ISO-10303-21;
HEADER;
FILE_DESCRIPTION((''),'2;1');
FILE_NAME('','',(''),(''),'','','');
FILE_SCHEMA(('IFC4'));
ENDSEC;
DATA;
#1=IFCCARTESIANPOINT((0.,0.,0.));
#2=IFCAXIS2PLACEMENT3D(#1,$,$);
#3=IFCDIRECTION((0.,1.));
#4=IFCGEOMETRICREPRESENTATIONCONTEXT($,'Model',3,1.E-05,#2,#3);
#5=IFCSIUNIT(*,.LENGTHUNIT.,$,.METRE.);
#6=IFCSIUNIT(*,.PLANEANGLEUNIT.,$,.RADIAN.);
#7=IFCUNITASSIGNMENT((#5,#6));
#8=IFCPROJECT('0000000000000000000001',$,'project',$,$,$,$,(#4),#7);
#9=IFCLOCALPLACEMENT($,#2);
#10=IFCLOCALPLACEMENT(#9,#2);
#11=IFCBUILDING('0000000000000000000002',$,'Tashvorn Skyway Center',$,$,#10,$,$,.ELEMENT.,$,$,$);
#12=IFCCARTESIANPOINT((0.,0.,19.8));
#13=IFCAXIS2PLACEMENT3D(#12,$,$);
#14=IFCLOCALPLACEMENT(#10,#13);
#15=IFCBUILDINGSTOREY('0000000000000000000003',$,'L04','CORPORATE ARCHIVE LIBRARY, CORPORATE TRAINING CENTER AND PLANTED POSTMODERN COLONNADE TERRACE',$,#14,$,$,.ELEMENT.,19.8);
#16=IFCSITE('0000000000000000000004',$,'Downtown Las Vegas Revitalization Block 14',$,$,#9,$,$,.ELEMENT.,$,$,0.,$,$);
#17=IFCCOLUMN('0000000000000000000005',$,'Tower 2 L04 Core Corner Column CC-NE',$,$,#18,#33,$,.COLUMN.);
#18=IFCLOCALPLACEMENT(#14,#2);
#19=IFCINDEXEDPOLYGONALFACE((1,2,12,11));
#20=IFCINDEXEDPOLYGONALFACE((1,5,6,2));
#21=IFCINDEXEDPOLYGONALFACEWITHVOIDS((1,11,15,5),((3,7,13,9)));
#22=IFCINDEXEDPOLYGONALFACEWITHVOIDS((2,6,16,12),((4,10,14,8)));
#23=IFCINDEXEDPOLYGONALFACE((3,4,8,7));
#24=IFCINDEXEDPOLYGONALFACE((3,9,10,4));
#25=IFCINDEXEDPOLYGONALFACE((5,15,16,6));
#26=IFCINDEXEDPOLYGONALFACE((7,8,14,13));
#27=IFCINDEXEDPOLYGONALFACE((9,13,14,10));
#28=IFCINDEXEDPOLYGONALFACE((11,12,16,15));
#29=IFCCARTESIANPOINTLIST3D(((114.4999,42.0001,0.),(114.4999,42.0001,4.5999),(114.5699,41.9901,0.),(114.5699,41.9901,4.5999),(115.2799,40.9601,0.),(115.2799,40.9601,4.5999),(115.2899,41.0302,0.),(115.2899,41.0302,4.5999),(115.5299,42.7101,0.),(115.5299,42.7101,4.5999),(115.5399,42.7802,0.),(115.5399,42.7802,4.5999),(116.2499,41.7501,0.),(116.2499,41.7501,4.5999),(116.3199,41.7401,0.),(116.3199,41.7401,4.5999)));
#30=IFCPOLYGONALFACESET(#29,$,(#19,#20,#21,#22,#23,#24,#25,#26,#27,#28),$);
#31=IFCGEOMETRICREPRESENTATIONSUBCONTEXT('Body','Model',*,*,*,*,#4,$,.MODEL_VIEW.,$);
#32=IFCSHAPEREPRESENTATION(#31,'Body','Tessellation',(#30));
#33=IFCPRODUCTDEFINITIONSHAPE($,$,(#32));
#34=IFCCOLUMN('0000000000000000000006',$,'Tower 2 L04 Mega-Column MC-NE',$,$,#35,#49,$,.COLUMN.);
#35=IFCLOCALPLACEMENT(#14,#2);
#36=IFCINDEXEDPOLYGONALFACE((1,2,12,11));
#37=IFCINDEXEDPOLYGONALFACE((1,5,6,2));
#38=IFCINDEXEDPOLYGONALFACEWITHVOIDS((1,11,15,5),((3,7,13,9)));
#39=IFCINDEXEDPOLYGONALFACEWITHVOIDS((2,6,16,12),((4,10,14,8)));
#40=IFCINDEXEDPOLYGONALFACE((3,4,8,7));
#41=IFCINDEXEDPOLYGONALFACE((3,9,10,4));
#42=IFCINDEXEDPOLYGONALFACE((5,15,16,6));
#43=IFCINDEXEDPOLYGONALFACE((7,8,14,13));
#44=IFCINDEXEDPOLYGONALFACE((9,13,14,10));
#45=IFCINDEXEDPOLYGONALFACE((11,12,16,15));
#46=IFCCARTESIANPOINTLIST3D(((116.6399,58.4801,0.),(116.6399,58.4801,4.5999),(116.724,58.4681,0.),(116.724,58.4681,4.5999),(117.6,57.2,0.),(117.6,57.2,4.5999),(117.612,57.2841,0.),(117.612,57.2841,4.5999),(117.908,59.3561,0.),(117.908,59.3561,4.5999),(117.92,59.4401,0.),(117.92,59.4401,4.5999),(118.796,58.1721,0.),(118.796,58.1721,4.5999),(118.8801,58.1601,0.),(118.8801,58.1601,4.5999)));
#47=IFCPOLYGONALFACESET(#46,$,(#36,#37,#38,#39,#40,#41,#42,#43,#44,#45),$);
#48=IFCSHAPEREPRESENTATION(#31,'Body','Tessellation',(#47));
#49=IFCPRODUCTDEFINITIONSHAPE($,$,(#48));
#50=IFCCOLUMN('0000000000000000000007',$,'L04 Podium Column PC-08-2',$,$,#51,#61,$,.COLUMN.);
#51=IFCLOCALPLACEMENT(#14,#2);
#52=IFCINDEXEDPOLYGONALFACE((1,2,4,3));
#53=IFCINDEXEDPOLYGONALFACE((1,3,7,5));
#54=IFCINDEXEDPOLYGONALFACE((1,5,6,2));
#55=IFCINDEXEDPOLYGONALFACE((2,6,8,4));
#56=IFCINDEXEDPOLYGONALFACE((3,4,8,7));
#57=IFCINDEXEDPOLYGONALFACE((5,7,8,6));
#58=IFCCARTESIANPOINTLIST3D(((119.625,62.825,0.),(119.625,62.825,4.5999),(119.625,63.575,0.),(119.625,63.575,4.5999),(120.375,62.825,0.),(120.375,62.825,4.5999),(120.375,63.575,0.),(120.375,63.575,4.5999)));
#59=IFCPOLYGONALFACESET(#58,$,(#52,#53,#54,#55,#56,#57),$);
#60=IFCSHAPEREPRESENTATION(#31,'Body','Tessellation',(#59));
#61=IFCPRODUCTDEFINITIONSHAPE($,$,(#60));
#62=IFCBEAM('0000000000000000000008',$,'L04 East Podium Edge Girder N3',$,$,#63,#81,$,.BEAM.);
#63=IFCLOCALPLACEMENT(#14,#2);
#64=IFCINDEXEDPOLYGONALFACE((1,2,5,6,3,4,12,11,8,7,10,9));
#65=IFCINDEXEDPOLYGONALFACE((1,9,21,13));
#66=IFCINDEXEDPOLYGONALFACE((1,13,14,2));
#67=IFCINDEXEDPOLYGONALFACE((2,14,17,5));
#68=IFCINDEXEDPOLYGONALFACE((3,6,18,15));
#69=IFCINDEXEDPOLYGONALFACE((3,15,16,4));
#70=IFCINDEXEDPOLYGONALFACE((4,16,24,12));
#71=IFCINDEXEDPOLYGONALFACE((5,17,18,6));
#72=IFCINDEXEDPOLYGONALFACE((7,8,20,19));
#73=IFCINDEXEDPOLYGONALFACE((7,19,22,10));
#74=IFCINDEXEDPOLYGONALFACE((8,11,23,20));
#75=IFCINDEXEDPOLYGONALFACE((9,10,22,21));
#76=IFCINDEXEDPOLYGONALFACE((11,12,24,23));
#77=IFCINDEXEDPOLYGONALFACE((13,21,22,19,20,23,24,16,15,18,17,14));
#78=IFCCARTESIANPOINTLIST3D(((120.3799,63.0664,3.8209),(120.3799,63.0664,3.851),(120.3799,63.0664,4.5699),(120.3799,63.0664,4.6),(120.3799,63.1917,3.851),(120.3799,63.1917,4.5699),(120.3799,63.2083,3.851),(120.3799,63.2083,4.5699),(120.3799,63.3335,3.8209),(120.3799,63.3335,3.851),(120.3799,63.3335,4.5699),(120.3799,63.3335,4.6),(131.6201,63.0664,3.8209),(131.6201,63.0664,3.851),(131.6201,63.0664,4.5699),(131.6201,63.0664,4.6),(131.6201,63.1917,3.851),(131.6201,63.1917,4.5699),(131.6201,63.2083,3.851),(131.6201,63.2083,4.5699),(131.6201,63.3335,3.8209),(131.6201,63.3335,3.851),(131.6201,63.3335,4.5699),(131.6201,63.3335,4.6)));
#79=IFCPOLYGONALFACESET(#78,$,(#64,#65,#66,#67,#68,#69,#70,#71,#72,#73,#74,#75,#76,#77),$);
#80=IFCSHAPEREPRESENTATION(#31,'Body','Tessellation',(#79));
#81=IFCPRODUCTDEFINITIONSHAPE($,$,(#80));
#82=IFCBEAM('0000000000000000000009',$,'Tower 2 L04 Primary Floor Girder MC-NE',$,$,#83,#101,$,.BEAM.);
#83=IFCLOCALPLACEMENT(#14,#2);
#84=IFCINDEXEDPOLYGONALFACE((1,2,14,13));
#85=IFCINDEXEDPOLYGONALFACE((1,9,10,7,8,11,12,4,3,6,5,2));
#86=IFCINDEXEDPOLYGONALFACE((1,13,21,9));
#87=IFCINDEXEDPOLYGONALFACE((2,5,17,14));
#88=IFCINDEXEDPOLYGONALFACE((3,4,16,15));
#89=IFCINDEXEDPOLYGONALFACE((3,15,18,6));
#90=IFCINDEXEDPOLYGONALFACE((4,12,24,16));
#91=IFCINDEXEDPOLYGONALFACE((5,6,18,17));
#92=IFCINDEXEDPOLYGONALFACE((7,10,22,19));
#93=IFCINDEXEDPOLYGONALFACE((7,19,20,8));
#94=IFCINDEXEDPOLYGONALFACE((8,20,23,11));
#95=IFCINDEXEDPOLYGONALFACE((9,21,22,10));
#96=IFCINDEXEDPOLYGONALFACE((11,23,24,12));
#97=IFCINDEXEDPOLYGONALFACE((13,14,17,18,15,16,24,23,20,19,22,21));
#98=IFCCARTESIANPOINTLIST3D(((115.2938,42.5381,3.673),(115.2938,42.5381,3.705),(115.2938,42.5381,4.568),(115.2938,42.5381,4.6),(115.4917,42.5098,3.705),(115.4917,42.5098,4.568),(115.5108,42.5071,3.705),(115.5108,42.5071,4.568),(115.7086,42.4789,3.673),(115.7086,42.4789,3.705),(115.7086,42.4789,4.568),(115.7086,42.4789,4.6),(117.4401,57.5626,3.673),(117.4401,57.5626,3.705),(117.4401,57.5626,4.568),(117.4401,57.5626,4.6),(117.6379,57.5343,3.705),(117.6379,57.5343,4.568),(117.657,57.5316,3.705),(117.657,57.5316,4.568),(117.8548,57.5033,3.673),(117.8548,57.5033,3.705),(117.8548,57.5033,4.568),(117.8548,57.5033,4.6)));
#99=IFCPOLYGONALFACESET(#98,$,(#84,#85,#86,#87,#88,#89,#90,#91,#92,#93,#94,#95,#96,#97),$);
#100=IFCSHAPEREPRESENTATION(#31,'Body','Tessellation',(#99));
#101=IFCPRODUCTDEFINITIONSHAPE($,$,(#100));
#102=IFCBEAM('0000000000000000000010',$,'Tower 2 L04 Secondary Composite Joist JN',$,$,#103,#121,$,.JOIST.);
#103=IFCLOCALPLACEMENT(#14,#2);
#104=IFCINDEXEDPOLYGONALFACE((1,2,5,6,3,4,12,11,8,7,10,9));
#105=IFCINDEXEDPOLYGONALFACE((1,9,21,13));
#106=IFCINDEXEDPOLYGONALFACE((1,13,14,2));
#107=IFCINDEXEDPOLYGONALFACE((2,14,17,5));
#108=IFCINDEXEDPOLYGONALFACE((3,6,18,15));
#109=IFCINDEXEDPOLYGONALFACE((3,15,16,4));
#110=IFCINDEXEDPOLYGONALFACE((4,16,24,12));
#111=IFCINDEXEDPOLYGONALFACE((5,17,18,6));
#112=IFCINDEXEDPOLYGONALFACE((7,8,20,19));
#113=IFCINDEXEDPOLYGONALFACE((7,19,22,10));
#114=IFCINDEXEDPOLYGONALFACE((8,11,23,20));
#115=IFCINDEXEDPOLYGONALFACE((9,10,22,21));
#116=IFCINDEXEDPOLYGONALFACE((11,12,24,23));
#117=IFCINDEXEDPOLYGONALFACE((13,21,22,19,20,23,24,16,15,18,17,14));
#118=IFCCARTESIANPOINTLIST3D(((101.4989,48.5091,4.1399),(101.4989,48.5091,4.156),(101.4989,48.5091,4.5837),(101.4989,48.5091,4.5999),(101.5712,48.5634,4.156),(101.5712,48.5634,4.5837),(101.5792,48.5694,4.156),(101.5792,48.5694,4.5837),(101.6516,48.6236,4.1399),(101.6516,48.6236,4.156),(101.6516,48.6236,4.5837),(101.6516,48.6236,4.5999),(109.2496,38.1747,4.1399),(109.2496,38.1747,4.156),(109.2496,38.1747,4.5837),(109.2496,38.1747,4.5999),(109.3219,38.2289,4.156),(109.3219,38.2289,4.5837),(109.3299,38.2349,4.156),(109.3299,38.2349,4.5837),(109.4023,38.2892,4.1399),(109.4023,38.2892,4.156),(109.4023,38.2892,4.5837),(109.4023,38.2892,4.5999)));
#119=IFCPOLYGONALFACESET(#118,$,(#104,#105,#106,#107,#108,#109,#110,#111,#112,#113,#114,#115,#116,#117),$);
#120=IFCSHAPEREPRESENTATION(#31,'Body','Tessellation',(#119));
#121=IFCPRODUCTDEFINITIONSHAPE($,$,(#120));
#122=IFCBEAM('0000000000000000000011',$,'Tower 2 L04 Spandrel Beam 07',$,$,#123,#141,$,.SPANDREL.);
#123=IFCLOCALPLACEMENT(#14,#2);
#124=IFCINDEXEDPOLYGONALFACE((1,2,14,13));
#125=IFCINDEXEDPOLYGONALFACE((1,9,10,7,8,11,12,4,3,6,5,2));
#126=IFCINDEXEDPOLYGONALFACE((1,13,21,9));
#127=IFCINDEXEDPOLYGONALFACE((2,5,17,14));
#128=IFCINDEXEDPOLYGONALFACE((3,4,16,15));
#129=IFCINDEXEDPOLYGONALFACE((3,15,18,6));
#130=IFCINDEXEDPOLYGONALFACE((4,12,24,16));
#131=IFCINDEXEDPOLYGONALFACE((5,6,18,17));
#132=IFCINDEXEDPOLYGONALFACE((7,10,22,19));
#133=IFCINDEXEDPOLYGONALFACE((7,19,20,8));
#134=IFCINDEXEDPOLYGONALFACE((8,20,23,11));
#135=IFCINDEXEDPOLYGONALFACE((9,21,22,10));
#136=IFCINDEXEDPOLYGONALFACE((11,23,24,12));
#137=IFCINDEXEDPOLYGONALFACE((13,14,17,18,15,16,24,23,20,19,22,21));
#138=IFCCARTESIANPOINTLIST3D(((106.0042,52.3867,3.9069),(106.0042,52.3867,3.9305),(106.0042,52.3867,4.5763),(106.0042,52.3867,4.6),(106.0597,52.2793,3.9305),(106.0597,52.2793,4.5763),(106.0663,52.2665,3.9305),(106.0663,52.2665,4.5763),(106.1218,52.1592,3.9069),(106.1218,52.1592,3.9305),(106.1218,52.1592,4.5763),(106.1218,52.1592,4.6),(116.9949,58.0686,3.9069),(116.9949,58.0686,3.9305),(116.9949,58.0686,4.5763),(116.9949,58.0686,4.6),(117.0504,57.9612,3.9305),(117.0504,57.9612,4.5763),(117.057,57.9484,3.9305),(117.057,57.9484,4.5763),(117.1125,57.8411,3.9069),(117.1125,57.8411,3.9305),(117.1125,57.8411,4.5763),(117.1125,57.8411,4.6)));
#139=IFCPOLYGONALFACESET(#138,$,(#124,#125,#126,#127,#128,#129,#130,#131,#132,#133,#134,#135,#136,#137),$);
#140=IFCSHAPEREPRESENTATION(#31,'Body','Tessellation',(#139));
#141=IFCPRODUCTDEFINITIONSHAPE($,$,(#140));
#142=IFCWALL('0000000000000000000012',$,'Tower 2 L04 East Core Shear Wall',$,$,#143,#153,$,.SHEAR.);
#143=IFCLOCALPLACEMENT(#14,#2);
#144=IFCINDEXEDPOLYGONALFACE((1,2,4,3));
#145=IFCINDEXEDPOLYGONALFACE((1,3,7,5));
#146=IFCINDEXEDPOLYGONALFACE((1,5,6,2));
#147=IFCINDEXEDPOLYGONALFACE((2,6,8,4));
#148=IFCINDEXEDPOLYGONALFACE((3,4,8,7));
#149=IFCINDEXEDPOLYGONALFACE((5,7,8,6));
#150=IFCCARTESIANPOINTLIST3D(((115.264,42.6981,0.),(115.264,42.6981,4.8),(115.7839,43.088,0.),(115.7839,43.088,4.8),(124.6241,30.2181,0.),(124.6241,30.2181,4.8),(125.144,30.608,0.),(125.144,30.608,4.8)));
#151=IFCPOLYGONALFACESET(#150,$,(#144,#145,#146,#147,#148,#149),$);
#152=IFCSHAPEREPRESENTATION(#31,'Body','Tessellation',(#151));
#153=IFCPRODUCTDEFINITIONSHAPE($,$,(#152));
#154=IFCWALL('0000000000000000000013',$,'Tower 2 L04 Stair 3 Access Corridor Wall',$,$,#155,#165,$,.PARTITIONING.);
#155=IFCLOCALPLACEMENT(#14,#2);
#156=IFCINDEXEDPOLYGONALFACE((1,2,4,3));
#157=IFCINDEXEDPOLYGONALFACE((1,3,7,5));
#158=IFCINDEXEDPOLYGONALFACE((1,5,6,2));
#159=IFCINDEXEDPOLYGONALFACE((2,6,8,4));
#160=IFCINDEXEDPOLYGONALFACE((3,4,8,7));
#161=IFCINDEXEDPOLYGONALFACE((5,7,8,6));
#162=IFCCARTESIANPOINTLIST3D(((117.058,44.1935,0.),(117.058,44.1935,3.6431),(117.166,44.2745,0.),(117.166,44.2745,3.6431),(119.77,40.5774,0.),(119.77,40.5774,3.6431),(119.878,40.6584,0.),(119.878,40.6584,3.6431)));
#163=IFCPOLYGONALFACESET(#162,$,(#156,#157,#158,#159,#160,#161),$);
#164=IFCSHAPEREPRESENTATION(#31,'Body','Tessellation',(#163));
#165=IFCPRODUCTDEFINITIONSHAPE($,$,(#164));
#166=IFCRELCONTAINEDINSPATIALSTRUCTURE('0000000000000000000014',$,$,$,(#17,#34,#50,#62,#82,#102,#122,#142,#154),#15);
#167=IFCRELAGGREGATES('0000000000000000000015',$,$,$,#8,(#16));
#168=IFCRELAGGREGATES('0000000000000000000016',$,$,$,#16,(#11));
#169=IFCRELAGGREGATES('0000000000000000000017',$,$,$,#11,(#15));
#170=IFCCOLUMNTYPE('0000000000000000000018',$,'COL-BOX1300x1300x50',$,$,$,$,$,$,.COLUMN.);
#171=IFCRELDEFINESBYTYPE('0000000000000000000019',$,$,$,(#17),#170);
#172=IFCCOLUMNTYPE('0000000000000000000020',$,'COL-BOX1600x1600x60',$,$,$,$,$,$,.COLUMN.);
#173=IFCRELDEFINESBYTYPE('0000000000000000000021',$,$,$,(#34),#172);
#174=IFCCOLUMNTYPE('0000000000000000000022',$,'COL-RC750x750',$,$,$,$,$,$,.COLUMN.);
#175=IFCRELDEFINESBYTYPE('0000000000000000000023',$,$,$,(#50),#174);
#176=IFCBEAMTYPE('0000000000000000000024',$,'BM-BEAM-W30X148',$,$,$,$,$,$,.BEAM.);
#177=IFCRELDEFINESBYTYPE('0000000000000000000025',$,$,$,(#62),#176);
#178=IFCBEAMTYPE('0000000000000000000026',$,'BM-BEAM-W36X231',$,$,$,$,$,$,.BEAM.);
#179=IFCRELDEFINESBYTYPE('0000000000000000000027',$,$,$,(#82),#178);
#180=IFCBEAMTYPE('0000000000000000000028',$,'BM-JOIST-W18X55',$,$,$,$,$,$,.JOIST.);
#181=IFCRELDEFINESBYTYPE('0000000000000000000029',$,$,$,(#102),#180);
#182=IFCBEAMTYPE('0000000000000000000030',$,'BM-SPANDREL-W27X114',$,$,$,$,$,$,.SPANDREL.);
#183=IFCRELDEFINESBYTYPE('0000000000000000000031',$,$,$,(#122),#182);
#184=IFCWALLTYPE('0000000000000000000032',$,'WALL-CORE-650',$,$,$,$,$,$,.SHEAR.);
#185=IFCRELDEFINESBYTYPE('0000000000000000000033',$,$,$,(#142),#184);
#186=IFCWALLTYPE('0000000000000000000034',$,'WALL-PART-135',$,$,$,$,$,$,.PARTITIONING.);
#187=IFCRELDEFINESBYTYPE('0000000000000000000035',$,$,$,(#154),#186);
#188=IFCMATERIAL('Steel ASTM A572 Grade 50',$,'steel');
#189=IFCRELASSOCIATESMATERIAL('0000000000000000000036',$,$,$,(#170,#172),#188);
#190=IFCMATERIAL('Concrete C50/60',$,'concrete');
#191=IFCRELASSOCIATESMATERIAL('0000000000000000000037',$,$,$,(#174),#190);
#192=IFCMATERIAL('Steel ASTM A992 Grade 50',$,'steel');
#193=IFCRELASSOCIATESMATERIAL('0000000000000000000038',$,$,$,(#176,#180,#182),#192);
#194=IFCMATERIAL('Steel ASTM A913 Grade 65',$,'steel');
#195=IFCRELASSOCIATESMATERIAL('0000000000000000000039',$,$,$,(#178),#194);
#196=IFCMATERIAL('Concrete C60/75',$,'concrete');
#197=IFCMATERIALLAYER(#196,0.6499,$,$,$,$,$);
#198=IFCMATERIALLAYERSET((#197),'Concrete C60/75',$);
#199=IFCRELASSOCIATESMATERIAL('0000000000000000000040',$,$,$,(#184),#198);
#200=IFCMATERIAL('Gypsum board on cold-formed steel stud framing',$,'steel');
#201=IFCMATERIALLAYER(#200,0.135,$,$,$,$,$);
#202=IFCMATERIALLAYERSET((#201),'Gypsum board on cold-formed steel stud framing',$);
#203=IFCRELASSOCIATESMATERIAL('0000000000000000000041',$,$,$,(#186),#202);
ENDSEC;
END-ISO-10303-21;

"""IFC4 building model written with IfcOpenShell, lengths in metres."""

from ifc_helpers import new_model, si_unit, direction, frame, frame_2d, origin, origin_2d, place, context, subcontext, project, spatial, rectangle, hollow_rectangle, i_section, extrude, material, layer, layer_set, material_profile, profile_set, type_object, element, save


model = new_model("IFC4")

# Units and contexts
model_context = context("Model", 3, precision=1e-05, world=origin(), true_north=direction((0.0, 1.0)))
body_context = subcontext(model_context, "Body", "Model", "MODEL_VIEW")
ifc_project = project(units=[si_unit("LENGTHUNIT", "METRE"), si_unit("PLANEANGLEUNIT", "RADIAN")], contexts=[model_context])

# Site, building, storey
site_placement = place(None, origin())
site = spatial("IfcSite", under=ifc_project, at=site_placement, Name="Downtown Las Vegas Revitalization Block 14", CompositionType="ELEMENT", RefElevation=0.0)
building_placement = place(site_placement, origin())
building = spatial("IfcBuilding", under=site, at=building_placement, Name="Tashvorn Skyway Center", CompositionType="ELEMENT")
storey_placement = place(building_placement, frame((0.0, 0.0, 19.8)))
storey = spatial("IfcBuildingStorey", under=building, at=storey_placement, Name="L04", Description="CORPORATE ARCHIVE LIBRARY, CORPORATE TRAINING CENTER AND PLANTED POSTMODERN COLONNADE TERRACE", CompositionType="ELEMENT", Elevation=19.8)

# Columns
ifc_material_1 = material(Name="Steel ASTM A572 Grade 50", Category="steel")
ifc_material_profile_1 = material_profile(ifc_material_1, hollow_rectangle(XDim=1.3, YDim=1.3, WallThickness=0.05, at=origin_2d()), Name="BOX1300x1300x50")
ifc_profile_set_1 = profile_set([ifc_material_profile_1], Name="Steel ASTM A572 Grade 50")
column_type_1 = type_object("IfcColumnType", Name="COL-BOX1300x1300x50", PredefinedType="COLUMN", material=ifc_profile_set_1)
column_1_placement = place(storey_placement, frame((115.4099, 41.8701, 0.0), z_axis=(0.0, 0.0, 1.0), x_axis=(0.8, 0.6, 0.0)))
element("IfcColumn", 1, at=column_1_placement, inside=storey, type_object=column_type_1, Name="Tower 2 L04 Core Corner Column CC-NE", PredefinedType="COLUMN", context=body_context, shape_type="SweptSolid", body=[
    extrude(hollow_rectangle(XDim=1.3, YDim=1.3, WallThickness=0.05, at=origin_2d()), origin(), (0.0, 0.0, 1.0), 4.5999),
])
ifc_material_profile_2 = material_profile(ifc_material_1, hollow_rectangle(XDim=1.6001, YDim=1.6001, WallThickness=0.0601, at=origin_2d()), Name="BOX1600x1600x60")
ifc_profile_set_2 = profile_set([ifc_material_profile_2], Name="Steel ASTM A572 Grade 50")
column_type_2 = type_object("IfcColumnType", Name="COL-BOX1600x1600x60", PredefinedType="COLUMN", material=ifc_profile_set_2)
column_2_placement = place(storey_placement, frame((117.76, 58.3201, 0.0), z_axis=(0.0, 0.0, 1.0), x_axis=(0.8, 0.6, 0.0)))
element("IfcColumn", 2, at=column_2_placement, inside=storey, type_object=column_type_2, Name="Tower 2 L04 Mega-Column MC-NE", PredefinedType="COLUMN", context=body_context, shape_type="SweptSolid", body=[
    extrude(hollow_rectangle(XDim=1.6001, YDim=1.6001, WallThickness=0.0601, at=origin_2d()), origin(), (0.0, 0.0, 1.0), 4.5999),
])
ifc_material_2 = material(Name="Concrete C50/60", Category="concrete")
ifc_material_profile_3 = material_profile(ifc_material_2, rectangle(XDim=0.75, YDim=0.75, at=origin_2d()), Name="RC750x750")
ifc_profile_set_3 = profile_set([ifc_material_profile_3], Name="Concrete C50/60")
column_type_3 = type_object("IfcColumnType", Name="COL-RC750x750", PredefinedType="COLUMN", material=ifc_profile_set_3)
column_3_placement = place(storey_placement, frame((120.0, 63.2, 0.0), z_axis=(0.0, 0.0, 1.0), x_axis=(1.0, 0.0, 0.0)))
element("IfcColumn", 3, at=column_3_placement, inside=storey, type_object=column_type_3, Name="L04 Podium Column PC-08-2", PredefinedType="COLUMN", context=body_context, shape_type="SweptSolid", body=[
    extrude(rectangle(XDim=0.75, YDim=0.75, at=origin_2d()), origin(), (0.0, 0.0, 1.0), 4.5999),
])

# Beams
ifc_material_3 = material(Name="Steel ASTM A992 Grade 50", Category="steel")
ifc_material_profile_4 = material_profile(ifc_material_3, i_section(OverallWidth=0.2671, OverallDepth=0.7791, WebThickness=0.0166, FlangeThickness=0.03, at=origin_2d()), Name="W30X148")
ifc_profile_set_4 = profile_set([ifc_material_profile_4], Name="Steel ASTM A992 Grade 50")
beam_type_1 = type_object("IfcBeamType", Name="BM-BEAM-W30X148", PredefinedType="BEAM", material=ifc_profile_set_4)
beam_1_placement = place(storey_placement, frame((120.3799, 63.2, 4.2104), z_axis=(1.0, 0.0, 0.0), x_axis=(0.0, 1.0, 0.0)))
element("IfcBeam", 4, at=beam_1_placement, inside=storey, type_object=beam_type_1, Name="L04 East Podium Edge Girder N3", PredefinedType="BEAM", context=body_context, shape_type="SweptSolid", body=[
    extrude(i_section(OverallWidth=0.2671, OverallDepth=0.7791, WebThickness=0.0166, FlangeThickness=0.03, at=origin_2d()), origin(), (0.0, 0.0, 1.0), 11.2402),
])
ifc_material_4 = material(Name="Steel ASTM A913 Grade 65", Category="steel")
ifc_material_profile_5 = material_profile(ifc_material_4, i_section(OverallWidth=0.4189, OverallDepth=0.927, WebThickness=0.0193, FlangeThickness=0.032, at=origin_2d()), Name="W36X231")
ifc_profile_set_5 = profile_set([ifc_material_profile_5], Name="Steel ASTM A913 Grade 65")
beam_type_2 = type_object("IfcBeamType", Name="BM-BEAM-W36X231", PredefinedType="BEAM", material=ifc_profile_set_5)
beam_2_placement = place(storey_placement, frame((117.6475, 57.533, 4.1365), z_axis=(-0.141415, -0.98995, 0.0), x_axis=(0.98995, -0.141415, 0.0)))
element("IfcBeam", 5, at=beam_2_placement, inside=storey, type_object=beam_type_2, Name="Tower 2 L04 Primary Floor Girder MC-NE", PredefinedType="BEAM", context=body_context, shape_type="SweptSolid", body=[
    extrude(i_section(OverallWidth=0.4189, OverallDepth=0.927, WebThickness=0.0193, FlangeThickness=0.032, at=origin_2d()), origin(), (0.0, 0.0, 1.0), 15.177),
])
ifc_material_profile_6 = material_profile(ifc_material_3, i_section(OverallWidth=0.1909, OverallDepth=0.46, WebThickness=0.01, FlangeThickness=0.0161, at=origin_2d()), Name="W18X55")
ifc_profile_set_6 = profile_set([ifc_material_profile_6], Name="Steel ASTM A992 Grade 50")
beam_type_3 = type_object("IfcBeamType", Name="BM-JOIST-W18X55", PredefinedType="JOIST", material=ifc_profile_set_6)
beam_3_placement = place(storey_placement, frame((109.3259, 38.2319, 4.3699), z_axis=(-0.599994, 0.800005, 0.0), x_axis=(-0.800005, -0.599994, 0.0)))
element("IfcBeam", 6, at=beam_3_placement, inside=storey, type_object=beam_type_3, Name="Tower 2 L04 Secondary Composite Joist JN", PredefinedType="JOIST", context=body_context, shape_type="SweptSolid", body=[
    extrude(i_section(OverallWidth=0.1909, OverallDepth=0.46, WebThickness=0.01, FlangeThickness=0.0161, at=origin_2d()), origin(), (0.0, 0.0, 1.0), 12.918),
])
ifc_material_profile_7 = material_profile(ifc_material_3, i_section(OverallWidth=0.2561, OverallDepth=0.6931, WebThickness=0.0144, FlangeThickness=0.0237, at=origin_2d()), Name="W27X114")
ifc_profile_set_7 = profile_set([ifc_material_profile_7], Name="Steel ASTM A992 Grade 50")
beam_type_4 = type_object("IfcBeamType", Name="BM-SPANDREL-W27X114", PredefinedType="SPANDREL", material=ifc_profile_set_7)
beam_4_placement = place(storey_placement, frame((117.0537, 57.9548, 4.2534), z_axis=(-0.888316, -0.459233, 0.0), x_axis=(0.459233, -0.888316, 0.0)))
element("IfcBeam", 7, at=beam_4_placement, inside=storey, type_object=beam_type_4, Name="Tower 2 L04 Spandrel Beam 07", PredefinedType="SPANDREL", context=body_context, shape_type="SweptSolid", body=[
    extrude(i_section(OverallWidth=0.2561, OverallDepth=0.6931, WebThickness=0.0144, FlangeThickness=0.0237, at=origin_2d()), origin(), (0.0, 0.0, 1.0), 12.3726),
])

# Walls
ifc_material_5 = material(Name="Concrete C60/75", Category="concrete")
ifc_layer_1 = layer(ifc_material_5, 0.6499)
ifc_layer_set_1 = layer_set([ifc_layer_1], Name="Concrete C60/75")
wall_type_1 = type_object("IfcWallType", Name="WALL-CORE-650", PredefinedType="SHEAR", material=ifc_layer_set_1)
wall_1_placement = place(storey_placement, frame((115.5239, 42.8931, 0.0), z_axis=(0.0, 0.0, 1.0), x_axis=(0.600005, -0.799996, 0.0)))
element("IfcWall", 8, at=wall_1_placement, inside=storey, type_object=wall_type_1, Name="Tower 2 L04 East Core Shear Wall", PredefinedType="SHEAR", context=body_context, shape_type="SweptSolid", body=[
    extrude(rectangle(XDim=15.6001, YDim=0.6499, at=frame_2d((7.8, 0.0))), origin(), (0.0, 0.0, 1.0), 4.8),
])
ifc_material_6 = material(Name="Gypsum board on cold-formed steel stud framing", Category="steel")
ifc_layer_2 = layer(ifc_material_6, 0.135)
ifc_layer_set_2 = layer_set([ifc_layer_2], Name="Gypsum board on cold-formed steel stud framing")
wall_type_2 = type_object("IfcWallType", Name="WALL-PART-135", PredefinedType="PARTITIONING", material=ifc_layer_set_2)
wall_2_placement = place(storey_placement, frame((119.824, 40.6179, 0.0), z_axis=(0.0, 0.0, 1.0), x_axis=(-0.599991, 0.800006, 0.0)))
element("IfcWall", 9, at=wall_2_placement, inside=storey, type_object=wall_type_2, Name="Tower 2 L04 Stair 3 Access Corridor Wall", PredefinedType="PARTITIONING", context=body_context, shape_type="SweptSolid", body=[
    extrude(rectangle(XDim=4.52, YDim=0.135, at=frame_2d((2.26, 0.0))), origin(), (0.0, 0.0, 1.0), 3.6431),
])

save(model, "model.ifc")
